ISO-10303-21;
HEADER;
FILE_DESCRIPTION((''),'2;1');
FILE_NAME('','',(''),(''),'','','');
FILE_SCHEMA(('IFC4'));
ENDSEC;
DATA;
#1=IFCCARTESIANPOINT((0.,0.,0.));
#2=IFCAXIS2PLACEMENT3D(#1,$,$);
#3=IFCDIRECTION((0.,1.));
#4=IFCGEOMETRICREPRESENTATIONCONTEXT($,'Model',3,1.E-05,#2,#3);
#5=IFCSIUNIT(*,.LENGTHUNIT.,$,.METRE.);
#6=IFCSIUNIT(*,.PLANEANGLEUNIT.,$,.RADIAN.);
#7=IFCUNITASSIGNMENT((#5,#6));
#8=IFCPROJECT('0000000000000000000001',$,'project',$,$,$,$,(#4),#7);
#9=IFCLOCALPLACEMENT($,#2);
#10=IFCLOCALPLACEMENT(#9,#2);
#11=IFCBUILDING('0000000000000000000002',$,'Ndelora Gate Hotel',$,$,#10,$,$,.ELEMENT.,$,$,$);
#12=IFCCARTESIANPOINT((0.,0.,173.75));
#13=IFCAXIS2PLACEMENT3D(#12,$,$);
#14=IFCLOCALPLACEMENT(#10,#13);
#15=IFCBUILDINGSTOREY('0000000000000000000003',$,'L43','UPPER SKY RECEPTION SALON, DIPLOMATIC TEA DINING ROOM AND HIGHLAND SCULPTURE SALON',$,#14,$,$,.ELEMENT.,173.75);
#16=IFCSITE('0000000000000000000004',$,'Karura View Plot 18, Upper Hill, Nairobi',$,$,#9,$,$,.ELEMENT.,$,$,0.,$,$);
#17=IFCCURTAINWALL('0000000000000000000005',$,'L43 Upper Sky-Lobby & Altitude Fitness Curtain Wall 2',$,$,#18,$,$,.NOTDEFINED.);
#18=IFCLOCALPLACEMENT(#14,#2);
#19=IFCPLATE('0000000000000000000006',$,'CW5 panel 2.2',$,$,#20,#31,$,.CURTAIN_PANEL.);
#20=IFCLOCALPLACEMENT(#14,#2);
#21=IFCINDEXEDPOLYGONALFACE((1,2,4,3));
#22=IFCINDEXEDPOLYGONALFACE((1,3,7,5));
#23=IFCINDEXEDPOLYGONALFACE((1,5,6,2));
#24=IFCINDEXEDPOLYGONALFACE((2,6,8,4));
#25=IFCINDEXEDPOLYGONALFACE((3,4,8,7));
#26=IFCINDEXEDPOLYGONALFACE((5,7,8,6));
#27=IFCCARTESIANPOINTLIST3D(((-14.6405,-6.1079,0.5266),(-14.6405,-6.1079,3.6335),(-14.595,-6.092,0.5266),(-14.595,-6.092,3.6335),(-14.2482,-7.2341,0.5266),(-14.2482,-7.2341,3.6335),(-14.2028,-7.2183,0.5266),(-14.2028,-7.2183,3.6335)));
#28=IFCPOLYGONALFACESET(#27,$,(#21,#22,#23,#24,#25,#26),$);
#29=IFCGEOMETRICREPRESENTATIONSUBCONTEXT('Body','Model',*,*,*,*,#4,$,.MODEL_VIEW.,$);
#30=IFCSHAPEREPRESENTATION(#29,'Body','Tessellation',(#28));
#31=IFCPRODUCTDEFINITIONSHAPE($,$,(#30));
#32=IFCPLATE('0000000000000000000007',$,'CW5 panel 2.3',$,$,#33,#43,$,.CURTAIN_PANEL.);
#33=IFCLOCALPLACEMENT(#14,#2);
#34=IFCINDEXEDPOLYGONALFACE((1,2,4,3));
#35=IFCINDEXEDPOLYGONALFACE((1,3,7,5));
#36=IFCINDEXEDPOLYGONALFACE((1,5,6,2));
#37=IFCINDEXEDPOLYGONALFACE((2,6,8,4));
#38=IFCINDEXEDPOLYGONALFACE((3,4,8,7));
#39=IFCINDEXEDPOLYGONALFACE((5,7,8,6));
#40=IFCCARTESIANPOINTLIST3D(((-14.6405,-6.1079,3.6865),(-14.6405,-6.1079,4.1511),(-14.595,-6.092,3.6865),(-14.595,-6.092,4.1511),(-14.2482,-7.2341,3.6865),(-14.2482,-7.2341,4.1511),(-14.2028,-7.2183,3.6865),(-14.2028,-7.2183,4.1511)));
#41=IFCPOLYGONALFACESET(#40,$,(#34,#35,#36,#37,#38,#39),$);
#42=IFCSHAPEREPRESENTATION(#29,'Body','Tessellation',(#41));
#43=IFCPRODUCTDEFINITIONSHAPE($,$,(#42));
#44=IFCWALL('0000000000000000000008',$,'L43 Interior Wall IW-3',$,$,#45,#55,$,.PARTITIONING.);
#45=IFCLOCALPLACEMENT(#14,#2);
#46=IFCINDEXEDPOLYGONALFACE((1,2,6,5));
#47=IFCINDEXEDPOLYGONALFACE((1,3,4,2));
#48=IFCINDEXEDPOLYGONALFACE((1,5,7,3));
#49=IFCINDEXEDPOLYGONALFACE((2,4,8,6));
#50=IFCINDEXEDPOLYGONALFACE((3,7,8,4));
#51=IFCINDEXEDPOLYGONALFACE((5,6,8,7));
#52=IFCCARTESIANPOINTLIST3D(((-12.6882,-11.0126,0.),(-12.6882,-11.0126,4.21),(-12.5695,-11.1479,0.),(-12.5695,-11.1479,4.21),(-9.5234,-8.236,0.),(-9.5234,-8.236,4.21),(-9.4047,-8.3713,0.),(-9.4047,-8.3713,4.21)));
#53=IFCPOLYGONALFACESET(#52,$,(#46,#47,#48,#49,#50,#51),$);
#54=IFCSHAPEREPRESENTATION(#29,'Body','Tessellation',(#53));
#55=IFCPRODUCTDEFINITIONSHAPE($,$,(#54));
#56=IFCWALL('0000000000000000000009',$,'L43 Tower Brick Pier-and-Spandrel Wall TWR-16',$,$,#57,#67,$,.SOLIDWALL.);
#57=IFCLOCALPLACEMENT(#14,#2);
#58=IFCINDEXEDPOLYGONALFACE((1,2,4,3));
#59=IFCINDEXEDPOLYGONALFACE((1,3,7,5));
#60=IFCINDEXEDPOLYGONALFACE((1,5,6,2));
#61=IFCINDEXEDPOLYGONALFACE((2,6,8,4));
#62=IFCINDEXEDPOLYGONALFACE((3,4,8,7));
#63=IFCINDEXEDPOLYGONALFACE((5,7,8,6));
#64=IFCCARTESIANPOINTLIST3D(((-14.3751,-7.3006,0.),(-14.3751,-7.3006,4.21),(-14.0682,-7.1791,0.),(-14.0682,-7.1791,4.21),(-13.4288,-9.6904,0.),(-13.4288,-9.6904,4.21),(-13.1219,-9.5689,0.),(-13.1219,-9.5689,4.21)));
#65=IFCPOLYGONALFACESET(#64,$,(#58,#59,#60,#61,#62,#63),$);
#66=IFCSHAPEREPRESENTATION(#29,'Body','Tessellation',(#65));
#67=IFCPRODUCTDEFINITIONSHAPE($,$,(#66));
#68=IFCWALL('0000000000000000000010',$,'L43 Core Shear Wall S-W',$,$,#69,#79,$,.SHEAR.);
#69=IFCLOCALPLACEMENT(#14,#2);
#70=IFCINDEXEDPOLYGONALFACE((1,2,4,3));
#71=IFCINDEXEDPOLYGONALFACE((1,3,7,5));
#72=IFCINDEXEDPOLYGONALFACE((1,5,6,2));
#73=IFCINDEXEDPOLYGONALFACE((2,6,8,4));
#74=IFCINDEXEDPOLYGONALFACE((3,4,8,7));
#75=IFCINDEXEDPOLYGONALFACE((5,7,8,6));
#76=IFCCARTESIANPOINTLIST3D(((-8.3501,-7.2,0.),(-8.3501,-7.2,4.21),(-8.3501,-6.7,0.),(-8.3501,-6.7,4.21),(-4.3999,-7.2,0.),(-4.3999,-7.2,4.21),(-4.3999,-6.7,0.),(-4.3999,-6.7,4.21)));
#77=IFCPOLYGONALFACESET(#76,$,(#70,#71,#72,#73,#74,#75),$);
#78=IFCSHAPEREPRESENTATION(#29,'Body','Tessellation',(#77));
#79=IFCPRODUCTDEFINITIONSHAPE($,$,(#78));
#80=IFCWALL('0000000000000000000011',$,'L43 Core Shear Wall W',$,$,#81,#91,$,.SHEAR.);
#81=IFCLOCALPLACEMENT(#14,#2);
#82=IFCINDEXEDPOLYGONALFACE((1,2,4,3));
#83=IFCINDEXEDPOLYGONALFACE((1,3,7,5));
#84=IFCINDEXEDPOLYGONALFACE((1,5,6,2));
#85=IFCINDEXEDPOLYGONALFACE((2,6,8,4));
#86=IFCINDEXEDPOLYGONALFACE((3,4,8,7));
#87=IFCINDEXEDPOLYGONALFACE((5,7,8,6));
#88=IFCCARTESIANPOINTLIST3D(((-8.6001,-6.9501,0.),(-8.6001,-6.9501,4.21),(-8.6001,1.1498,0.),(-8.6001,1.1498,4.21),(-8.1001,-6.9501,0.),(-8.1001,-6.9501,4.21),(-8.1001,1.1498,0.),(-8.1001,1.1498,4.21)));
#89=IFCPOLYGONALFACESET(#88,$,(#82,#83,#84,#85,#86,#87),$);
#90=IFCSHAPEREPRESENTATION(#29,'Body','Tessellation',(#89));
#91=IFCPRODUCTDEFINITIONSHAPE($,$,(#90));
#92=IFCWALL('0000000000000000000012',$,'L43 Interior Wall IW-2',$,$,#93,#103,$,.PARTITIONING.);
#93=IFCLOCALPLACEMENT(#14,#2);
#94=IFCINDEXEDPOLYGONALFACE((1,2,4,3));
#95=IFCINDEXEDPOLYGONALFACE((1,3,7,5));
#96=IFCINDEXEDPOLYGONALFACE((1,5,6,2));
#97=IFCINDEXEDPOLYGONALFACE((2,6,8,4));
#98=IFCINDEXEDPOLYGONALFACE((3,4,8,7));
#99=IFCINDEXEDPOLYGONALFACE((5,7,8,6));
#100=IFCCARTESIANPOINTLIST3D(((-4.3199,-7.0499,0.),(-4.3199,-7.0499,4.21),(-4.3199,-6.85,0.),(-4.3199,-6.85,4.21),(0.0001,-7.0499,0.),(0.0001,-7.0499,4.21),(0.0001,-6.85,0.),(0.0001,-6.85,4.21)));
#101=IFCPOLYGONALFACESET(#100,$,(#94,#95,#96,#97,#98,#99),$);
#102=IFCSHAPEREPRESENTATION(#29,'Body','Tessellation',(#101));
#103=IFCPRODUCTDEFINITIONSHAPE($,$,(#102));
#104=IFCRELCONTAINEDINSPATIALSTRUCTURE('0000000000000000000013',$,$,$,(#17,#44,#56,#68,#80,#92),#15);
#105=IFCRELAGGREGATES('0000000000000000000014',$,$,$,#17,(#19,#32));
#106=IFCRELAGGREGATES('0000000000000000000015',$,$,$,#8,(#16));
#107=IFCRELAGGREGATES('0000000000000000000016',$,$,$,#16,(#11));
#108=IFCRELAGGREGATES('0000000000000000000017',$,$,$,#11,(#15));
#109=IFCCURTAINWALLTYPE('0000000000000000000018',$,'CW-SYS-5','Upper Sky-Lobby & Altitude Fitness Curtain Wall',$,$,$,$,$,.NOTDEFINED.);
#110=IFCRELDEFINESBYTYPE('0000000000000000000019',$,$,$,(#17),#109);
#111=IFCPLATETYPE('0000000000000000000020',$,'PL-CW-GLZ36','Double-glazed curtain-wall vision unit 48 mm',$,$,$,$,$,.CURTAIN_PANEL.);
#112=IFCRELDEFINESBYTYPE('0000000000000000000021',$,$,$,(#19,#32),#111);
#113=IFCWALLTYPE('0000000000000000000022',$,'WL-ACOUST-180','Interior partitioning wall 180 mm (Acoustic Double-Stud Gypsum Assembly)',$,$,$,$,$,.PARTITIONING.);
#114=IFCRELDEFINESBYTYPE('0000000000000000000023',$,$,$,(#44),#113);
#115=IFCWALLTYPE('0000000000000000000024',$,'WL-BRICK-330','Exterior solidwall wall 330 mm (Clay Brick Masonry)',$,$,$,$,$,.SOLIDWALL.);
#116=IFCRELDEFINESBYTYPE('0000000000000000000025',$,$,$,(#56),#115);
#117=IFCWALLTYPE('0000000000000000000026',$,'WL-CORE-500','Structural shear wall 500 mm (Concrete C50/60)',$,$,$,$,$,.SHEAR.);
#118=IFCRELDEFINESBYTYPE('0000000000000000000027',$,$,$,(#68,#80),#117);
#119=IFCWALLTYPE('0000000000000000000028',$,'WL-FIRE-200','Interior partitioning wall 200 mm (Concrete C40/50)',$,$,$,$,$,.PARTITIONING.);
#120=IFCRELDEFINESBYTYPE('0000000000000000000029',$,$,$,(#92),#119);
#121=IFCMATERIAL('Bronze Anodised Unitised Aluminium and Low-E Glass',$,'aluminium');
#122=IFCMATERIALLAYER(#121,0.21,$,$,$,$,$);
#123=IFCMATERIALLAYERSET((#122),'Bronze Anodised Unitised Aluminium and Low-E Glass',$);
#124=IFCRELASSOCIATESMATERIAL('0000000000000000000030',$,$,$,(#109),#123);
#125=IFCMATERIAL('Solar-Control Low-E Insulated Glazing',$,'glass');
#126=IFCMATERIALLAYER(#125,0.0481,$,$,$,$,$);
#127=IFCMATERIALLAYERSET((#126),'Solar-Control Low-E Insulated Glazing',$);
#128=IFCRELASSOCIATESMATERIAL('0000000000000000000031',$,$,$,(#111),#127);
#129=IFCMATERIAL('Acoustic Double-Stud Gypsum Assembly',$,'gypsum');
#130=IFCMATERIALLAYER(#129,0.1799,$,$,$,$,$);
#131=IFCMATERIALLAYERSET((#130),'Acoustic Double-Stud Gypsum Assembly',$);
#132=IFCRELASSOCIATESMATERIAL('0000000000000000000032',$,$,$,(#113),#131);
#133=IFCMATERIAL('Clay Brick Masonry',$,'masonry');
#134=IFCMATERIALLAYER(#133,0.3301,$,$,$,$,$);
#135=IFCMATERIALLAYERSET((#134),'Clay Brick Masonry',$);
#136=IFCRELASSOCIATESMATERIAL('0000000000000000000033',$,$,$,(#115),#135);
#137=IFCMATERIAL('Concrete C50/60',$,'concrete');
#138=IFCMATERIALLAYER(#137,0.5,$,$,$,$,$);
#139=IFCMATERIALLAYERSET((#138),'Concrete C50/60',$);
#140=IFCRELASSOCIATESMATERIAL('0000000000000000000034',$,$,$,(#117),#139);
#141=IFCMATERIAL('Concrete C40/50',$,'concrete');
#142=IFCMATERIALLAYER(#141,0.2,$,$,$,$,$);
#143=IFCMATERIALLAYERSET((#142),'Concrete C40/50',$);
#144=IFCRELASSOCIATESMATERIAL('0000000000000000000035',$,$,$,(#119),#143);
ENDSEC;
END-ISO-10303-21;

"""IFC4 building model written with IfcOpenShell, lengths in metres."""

from ifc_helpers import new_model, si_unit, direction, frame, frame_2d, origin, origin_2d, place, context, subcontext, project, spatial, rectangle, extrude, material, layer, layer_set, type_object, element, aggregate, save


model = new_model("IFC4")

# Units and contexts
model_context = context("Model", 3, precision=1e-05, world=origin(), true_north=direction((0.0, 1.0)))
body_context = subcontext(model_context, "Body", "Model", "MODEL_VIEW")
ifc_project = project(units=[si_unit("LENGTHUNIT", "METRE"), si_unit("PLANEANGLEUNIT", "RADIAN")], contexts=[model_context])

# Site, building, storey
site_placement = place(None, origin())
site = spatial("IfcSite", under=ifc_project, at=site_placement, Name="Karura View Plot 18, Upper Hill, Nairobi", CompositionType="ELEMENT", RefElevation=0.0)
building_placement = place(site_placement, origin())
building = spatial("IfcBuilding", under=site, at=building_placement, Name="Ndelora Gate Hotel", CompositionType="ELEMENT")
storey_placement = place(building_placement, frame((0.0, 0.0, 173.75)))
storey = spatial("IfcBuildingStorey", under=building, at=storey_placement, Name="L43", Description="UPPER SKY RECEPTION SALON, DIPLOMATIC TEA DINING ROOM AND HIGHLAND SCULPTURE SALON", CompositionType="ELEMENT", Elevation=173.75)

# Shared definitions
ifc_material_1 = material(Name="Concrete C50/60", Category="concrete")

# Curtain wall, plates
ifc_material_2 = material(Name="Bronze Anodised Unitised Aluminium and Low-E Glass", Category="aluminium")
ifc_layer_1 = layer(ifc_material_2, 0.21)
ifc_layer_set_1 = layer_set([ifc_layer_1], Name="Bronze Anodised Unitised Aluminium and Low-E Glass")
curtain_wall_type = type_object("IfcCurtainWallType", Name="CW-SYS-5", Description="Upper Sky-Lobby & Altitude Fitness Curtain Wall", PredefinedType="NOTDEFINED", material=ifc_layer_set_1)
curtain_wall_placement = place(storey_placement, origin())
curtain_wall = element("IfcCurtainWall", 1, at=curtain_wall_placement, inside=storey, type_object=curtain_wall_type, Name="L43 Upper Sky-Lobby & Altitude Fitness Curtain Wall 2", PredefinedType="NOTDEFINED")
ifc_material_3 = material(Name="Solar-Control Low-E Insulated Glazing", Category="glass")
ifc_layer_2 = layer(ifc_material_3, 0.0481)
ifc_layer_set_2 = layer_set([ifc_layer_2], Name="Solar-Control Low-E Insulated Glazing")
plate_type = type_object("IfcPlateType", Name="PL-CW-GLZ36", Description="Double-glazed curtain-wall vision unit 48 mm", PredefinedType="CURTAIN_PANEL", material=ifc_layer_set_2)
plate_1_placement = place(storey_placement, frame((-14.4216, -6.6631, 0.5266), z_axis=(0.0, 0.0, 1.0), x_axis=(0.328886, -0.94437, 0.0)))
plate_1 = element("IfcPlate", 2, at=plate_1_placement, type_object=plate_type, Name="CW5 panel 2.2", PredefinedType="CURTAIN_PANEL", context=body_context, shape_type="SweptSolid", body=[
    extrude(rectangle(XDim=1.1926, YDim=0.0481, at=origin_2d()), origin(), (0.0, 0.0, 1.0), 3.1069),
])
plate_2_placement = place(storey_placement, frame((-14.4216, -6.6631, 3.6865), z_axis=(0.0, 0.0, 1.0), x_axis=(0.328886, -0.94437, 0.0)))
plate_2 = element("IfcPlate", 3, at=plate_2_placement, type_object=plate_type, Name="CW5 panel 2.3", PredefinedType="CURTAIN_PANEL", context=body_context, shape_type="SweptSolid", body=[
    extrude(rectangle(XDim=1.1926, YDim=0.0481, at=origin_2d()), origin(), (0.0, 0.0, 1.0), 0.4646),
])
aggregate(curtain_wall, [plate_1, plate_2])

# Walls
ifc_material_4 = material(Name="Acoustic Double-Stud Gypsum Assembly", Category="gypsum")
ifc_layer_3 = layer(ifc_material_4, 0.1799)
ifc_layer_set_3 = layer_set([ifc_layer_3], Name="Acoustic Double-Stud Gypsum Assembly")
wall_type_1 = type_object("IfcWallType", Name="WL-ACOUST-180", Description="Interior partitioning wall 180 mm (Acoustic Double-Stud Gypsum Assembly)", PredefinedType="PARTITIONING", material=ifc_layer_set_3)
wall_1_placement = place(storey_placement, frame((-9.4641, -8.3037, 0.0), z_axis=(0.0, 0.0, 1.0), x_axis=(-0.751703, -0.659502, 0.0)))
element("IfcWall", 4, at=wall_1_placement, inside=storey, type_object=wall_type_1, Name="L43 Interior Wall IW-3", PredefinedType="PARTITIONING", context=body_context, shape_type="SweptSolid", body=[
    extrude(rectangle(XDim=4.2102, YDim=0.1799, at=frame_2d((2.105, 0.0))), origin(), (0.0, 0.0, 1.0), 4.21),
])
ifc_material_5 = material(Name="Clay Brick Masonry", Category="masonry")
ifc_layer_4 = layer(ifc_material_5, 0.3301)
ifc_layer_set_4 = layer_set([ifc_layer_4], Name="Clay Brick Masonry")
wall_type_2 = type_object("IfcWallType", Name="WL-BRICK-330", Description="Exterior solidwall wall 330 mm (Clay Brick Masonry)", PredefinedType="SOLIDWALL", material=ifc_layer_set_4)
wall_2_placement = place(storey_placement, frame((-13.2754, -9.6296, 0.0), z_axis=(0.0, 0.0, 1.0), x_axis=(-0.368146, 0.929768, 0.0)))
element("IfcWall", 5, at=wall_2_placement, inside=storey, type_object=wall_type_2, Name="L43 Tower Brick Pier-and-Spandrel Wall TWR-16", PredefinedType="SOLIDWALL", context=body_context, shape_type="SweptSolid", body=[
    extrude(rectangle(XDim=2.5703, YDim=0.3301, at=frame_2d((1.2852, 0.0))), origin(), (0.0, 0.0, 1.0), 4.21),
])
ifc_layer_5 = layer(ifc_material_1, 0.5)
ifc_layer_set_5 = layer_set([ifc_layer_5], Name="Concrete C50/60")
wall_type_3 = type_object("IfcWallType", Name="WL-CORE-500", Description="Structural shear wall 500 mm (Concrete C50/60)", PredefinedType="SHEAR", material=ifc_layer_set_5)
wall_3_placement = place(storey_placement, frame((-8.3501, -6.95, 0.0), z_axis=(0.0, 0.0, 1.0), x_axis=(1.0, 0.0, 0.0)))
element("IfcWall", 6, at=wall_3_placement, inside=storey, type_object=wall_type_3, Name="L43 Core Shear Wall S-W", PredefinedType="SHEAR", context=body_context, shape_type="SweptSolid", body=[
    extrude(rectangle(XDim=3.9502, YDim=0.5, at=frame_2d((1.9751, 0.0))), origin(), (0.0, 0.0, 1.0), 4.21),
])
wall_4_placement = place(storey_placement, frame((-8.3501, -6.95, 0.0), z_axis=(0.0, 0.0, 1.0), x_axis=(0.0, 1.0, 0.0)))
element("IfcWall", 7, at=wall_4_placement, inside=storey, type_object=wall_type_3, Name="L43 Core Shear Wall W", PredefinedType="SHEAR", context=body_context, shape_type="SweptSolid", body=[
    extrude(rectangle(XDim=8.0999, YDim=0.5, at=frame_2d((4.0498, 0.0))), origin(), (0.0, 0.0, 1.0), 4.21),
])
ifc_material_6 = material(Name="Concrete C40/50", Category="concrete")
ifc_layer_6 = layer(ifc_material_6, 0.2)
ifc_layer_set_6 = layer_set([ifc_layer_6], Name="Concrete C40/50")
wall_type_4 = type_object("IfcWallType", Name="WL-FIRE-200", Description="Interior partitioning wall 200 mm (Concrete C40/50)", PredefinedType="PARTITIONING", material=ifc_layer_set_6)
wall_5_placement = place(storey_placement, frame((-4.3201, -6.95, 0.0), z_axis=(0.0, 0.0, 1.0), x_axis=(1.0, 0.0, 0.0)))
element("IfcWall", 8, at=wall_5_placement, inside=storey, type_object=wall_type_4, Name="L43 Interior Wall IW-2", PredefinedType="PARTITIONING", context=body_context, shape_type="SweptSolid", body=[
    extrude(rectangle(XDim=4.3201, YDim=0.2, at=frame_2d((2.1602, 0.0))), origin(), (0.0, 0.0, 1.0), 4.21),
])

save(model, "model.ifc")
